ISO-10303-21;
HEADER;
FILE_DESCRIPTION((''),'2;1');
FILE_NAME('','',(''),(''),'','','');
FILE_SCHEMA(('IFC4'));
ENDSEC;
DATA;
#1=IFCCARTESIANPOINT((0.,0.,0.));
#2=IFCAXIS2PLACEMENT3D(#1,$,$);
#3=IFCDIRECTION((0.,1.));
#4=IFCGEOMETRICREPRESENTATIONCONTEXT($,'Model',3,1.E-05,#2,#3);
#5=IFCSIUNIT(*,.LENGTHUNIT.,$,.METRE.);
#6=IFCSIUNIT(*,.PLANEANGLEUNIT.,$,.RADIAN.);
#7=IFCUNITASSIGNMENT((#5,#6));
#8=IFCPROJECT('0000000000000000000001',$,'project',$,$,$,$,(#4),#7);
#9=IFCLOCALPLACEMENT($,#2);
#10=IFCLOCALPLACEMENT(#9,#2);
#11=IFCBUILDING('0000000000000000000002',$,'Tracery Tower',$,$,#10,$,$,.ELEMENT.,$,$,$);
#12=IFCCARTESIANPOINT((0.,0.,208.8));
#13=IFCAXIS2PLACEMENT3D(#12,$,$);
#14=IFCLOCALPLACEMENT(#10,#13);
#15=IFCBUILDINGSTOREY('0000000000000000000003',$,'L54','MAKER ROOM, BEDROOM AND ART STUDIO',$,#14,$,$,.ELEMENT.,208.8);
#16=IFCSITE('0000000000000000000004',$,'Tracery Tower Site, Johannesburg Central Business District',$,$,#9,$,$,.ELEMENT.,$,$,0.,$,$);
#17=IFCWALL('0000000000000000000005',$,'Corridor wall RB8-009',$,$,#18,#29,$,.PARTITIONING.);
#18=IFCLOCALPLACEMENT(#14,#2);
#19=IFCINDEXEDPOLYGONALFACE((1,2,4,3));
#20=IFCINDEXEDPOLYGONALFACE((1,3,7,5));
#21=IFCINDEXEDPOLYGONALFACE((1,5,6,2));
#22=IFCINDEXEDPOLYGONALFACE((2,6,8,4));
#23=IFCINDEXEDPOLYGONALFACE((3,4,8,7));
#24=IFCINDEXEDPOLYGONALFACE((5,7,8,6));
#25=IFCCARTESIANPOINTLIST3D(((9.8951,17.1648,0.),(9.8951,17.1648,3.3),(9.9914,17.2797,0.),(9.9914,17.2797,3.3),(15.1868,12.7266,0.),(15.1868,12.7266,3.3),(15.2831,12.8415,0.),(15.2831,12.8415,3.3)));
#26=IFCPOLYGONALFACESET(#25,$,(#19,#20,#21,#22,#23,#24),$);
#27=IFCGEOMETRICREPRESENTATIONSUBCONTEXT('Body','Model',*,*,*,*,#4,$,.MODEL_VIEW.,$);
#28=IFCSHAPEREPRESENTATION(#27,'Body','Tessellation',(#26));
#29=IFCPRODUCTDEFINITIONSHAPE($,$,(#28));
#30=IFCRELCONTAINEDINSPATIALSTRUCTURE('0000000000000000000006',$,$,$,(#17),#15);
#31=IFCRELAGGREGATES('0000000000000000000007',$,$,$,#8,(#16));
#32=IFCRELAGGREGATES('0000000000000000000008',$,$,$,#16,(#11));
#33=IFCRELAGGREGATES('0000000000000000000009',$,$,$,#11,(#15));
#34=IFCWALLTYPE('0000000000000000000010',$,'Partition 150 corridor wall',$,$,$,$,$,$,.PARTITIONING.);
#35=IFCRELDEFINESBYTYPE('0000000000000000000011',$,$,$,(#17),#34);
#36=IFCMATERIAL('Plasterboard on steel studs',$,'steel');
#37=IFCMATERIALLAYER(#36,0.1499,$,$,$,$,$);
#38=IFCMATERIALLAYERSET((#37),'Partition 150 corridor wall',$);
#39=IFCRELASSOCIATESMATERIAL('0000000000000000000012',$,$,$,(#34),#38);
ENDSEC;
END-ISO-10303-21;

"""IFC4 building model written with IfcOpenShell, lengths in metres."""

from ifc_helpers import new_model, si_unit, direction, frame, frame_2d, origin, place, context, subcontext, project, spatial, rectangle, extrude, material, layer, layer_set, type_object, element, save


model = new_model("IFC4")

# Units and contexts
model_context = context("Model", 3, precision=1e-05, world=origin(), true_north=direction((0.0, 1.0)))
body_context = subcontext(model_context, "Body", "Model", "MODEL_VIEW")
ifc_project = project(units=[si_unit("LENGTHUNIT", "METRE"), si_unit("PLANEANGLEUNIT", "RADIAN")], contexts=[model_context])

# Site, building, storey
site_placement = place(None, origin())
site = spatial("IfcSite", under=ifc_project, at=site_placement, Name="Tracery Tower Site, Johannesburg Central Business District", CompositionType="ELEMENT", RefElevation=0.0)
building_placement = place(site_placement, origin())
building = spatial("IfcBuilding", under=site, at=building_placement, Name="Tracery Tower", CompositionType="ELEMENT")
storey_placement = place(building_placement, frame((0.0, 0.0, 208.8)))
storey = spatial("IfcBuildingStorey", under=building, at=storey_placement, Name="L54", Description="MAKER ROOM, BEDROOM AND ART STUDIO", CompositionType="ELEMENT", Elevation=208.8)

# Shared definitions
ifc_material_1 = material(Name="Plasterboard on steel studs", Category="steel")
ifc_layer_1 = layer(ifc_material_1, 0.1499)
ifc_layer_set_1 = layer_set([ifc_layer_1], Name="Partition 150 corridor wall")
wall_type_1 = type_object("IfcWallType", Name="Partition 150 corridor wall", PredefinedType="PARTITIONING", material=ifc_layer_set_1)

# Wall
wall_1_placement = place(storey_placement, frame((9.9434, 17.2222, 0.0), z_axis=(0.0, 0.0, 1.0), x_axis=(0.766192, -0.642612, 0.0)))
element("IfcWall", 1, at=wall_1_placement, inside=storey, type_object=wall_type_1, Name="Corridor wall RB8-009", PredefinedType="PARTITIONING", context=body_context, shape_type="SweptSolid", body=[
    extrude(rectangle(XDim=6.9065, YDim=0.1499, at=frame_2d((3.4531, 0.0))), origin(), (0.0, 0.0, 1.0), 3.3),
])

save(model, "model.ifc")
